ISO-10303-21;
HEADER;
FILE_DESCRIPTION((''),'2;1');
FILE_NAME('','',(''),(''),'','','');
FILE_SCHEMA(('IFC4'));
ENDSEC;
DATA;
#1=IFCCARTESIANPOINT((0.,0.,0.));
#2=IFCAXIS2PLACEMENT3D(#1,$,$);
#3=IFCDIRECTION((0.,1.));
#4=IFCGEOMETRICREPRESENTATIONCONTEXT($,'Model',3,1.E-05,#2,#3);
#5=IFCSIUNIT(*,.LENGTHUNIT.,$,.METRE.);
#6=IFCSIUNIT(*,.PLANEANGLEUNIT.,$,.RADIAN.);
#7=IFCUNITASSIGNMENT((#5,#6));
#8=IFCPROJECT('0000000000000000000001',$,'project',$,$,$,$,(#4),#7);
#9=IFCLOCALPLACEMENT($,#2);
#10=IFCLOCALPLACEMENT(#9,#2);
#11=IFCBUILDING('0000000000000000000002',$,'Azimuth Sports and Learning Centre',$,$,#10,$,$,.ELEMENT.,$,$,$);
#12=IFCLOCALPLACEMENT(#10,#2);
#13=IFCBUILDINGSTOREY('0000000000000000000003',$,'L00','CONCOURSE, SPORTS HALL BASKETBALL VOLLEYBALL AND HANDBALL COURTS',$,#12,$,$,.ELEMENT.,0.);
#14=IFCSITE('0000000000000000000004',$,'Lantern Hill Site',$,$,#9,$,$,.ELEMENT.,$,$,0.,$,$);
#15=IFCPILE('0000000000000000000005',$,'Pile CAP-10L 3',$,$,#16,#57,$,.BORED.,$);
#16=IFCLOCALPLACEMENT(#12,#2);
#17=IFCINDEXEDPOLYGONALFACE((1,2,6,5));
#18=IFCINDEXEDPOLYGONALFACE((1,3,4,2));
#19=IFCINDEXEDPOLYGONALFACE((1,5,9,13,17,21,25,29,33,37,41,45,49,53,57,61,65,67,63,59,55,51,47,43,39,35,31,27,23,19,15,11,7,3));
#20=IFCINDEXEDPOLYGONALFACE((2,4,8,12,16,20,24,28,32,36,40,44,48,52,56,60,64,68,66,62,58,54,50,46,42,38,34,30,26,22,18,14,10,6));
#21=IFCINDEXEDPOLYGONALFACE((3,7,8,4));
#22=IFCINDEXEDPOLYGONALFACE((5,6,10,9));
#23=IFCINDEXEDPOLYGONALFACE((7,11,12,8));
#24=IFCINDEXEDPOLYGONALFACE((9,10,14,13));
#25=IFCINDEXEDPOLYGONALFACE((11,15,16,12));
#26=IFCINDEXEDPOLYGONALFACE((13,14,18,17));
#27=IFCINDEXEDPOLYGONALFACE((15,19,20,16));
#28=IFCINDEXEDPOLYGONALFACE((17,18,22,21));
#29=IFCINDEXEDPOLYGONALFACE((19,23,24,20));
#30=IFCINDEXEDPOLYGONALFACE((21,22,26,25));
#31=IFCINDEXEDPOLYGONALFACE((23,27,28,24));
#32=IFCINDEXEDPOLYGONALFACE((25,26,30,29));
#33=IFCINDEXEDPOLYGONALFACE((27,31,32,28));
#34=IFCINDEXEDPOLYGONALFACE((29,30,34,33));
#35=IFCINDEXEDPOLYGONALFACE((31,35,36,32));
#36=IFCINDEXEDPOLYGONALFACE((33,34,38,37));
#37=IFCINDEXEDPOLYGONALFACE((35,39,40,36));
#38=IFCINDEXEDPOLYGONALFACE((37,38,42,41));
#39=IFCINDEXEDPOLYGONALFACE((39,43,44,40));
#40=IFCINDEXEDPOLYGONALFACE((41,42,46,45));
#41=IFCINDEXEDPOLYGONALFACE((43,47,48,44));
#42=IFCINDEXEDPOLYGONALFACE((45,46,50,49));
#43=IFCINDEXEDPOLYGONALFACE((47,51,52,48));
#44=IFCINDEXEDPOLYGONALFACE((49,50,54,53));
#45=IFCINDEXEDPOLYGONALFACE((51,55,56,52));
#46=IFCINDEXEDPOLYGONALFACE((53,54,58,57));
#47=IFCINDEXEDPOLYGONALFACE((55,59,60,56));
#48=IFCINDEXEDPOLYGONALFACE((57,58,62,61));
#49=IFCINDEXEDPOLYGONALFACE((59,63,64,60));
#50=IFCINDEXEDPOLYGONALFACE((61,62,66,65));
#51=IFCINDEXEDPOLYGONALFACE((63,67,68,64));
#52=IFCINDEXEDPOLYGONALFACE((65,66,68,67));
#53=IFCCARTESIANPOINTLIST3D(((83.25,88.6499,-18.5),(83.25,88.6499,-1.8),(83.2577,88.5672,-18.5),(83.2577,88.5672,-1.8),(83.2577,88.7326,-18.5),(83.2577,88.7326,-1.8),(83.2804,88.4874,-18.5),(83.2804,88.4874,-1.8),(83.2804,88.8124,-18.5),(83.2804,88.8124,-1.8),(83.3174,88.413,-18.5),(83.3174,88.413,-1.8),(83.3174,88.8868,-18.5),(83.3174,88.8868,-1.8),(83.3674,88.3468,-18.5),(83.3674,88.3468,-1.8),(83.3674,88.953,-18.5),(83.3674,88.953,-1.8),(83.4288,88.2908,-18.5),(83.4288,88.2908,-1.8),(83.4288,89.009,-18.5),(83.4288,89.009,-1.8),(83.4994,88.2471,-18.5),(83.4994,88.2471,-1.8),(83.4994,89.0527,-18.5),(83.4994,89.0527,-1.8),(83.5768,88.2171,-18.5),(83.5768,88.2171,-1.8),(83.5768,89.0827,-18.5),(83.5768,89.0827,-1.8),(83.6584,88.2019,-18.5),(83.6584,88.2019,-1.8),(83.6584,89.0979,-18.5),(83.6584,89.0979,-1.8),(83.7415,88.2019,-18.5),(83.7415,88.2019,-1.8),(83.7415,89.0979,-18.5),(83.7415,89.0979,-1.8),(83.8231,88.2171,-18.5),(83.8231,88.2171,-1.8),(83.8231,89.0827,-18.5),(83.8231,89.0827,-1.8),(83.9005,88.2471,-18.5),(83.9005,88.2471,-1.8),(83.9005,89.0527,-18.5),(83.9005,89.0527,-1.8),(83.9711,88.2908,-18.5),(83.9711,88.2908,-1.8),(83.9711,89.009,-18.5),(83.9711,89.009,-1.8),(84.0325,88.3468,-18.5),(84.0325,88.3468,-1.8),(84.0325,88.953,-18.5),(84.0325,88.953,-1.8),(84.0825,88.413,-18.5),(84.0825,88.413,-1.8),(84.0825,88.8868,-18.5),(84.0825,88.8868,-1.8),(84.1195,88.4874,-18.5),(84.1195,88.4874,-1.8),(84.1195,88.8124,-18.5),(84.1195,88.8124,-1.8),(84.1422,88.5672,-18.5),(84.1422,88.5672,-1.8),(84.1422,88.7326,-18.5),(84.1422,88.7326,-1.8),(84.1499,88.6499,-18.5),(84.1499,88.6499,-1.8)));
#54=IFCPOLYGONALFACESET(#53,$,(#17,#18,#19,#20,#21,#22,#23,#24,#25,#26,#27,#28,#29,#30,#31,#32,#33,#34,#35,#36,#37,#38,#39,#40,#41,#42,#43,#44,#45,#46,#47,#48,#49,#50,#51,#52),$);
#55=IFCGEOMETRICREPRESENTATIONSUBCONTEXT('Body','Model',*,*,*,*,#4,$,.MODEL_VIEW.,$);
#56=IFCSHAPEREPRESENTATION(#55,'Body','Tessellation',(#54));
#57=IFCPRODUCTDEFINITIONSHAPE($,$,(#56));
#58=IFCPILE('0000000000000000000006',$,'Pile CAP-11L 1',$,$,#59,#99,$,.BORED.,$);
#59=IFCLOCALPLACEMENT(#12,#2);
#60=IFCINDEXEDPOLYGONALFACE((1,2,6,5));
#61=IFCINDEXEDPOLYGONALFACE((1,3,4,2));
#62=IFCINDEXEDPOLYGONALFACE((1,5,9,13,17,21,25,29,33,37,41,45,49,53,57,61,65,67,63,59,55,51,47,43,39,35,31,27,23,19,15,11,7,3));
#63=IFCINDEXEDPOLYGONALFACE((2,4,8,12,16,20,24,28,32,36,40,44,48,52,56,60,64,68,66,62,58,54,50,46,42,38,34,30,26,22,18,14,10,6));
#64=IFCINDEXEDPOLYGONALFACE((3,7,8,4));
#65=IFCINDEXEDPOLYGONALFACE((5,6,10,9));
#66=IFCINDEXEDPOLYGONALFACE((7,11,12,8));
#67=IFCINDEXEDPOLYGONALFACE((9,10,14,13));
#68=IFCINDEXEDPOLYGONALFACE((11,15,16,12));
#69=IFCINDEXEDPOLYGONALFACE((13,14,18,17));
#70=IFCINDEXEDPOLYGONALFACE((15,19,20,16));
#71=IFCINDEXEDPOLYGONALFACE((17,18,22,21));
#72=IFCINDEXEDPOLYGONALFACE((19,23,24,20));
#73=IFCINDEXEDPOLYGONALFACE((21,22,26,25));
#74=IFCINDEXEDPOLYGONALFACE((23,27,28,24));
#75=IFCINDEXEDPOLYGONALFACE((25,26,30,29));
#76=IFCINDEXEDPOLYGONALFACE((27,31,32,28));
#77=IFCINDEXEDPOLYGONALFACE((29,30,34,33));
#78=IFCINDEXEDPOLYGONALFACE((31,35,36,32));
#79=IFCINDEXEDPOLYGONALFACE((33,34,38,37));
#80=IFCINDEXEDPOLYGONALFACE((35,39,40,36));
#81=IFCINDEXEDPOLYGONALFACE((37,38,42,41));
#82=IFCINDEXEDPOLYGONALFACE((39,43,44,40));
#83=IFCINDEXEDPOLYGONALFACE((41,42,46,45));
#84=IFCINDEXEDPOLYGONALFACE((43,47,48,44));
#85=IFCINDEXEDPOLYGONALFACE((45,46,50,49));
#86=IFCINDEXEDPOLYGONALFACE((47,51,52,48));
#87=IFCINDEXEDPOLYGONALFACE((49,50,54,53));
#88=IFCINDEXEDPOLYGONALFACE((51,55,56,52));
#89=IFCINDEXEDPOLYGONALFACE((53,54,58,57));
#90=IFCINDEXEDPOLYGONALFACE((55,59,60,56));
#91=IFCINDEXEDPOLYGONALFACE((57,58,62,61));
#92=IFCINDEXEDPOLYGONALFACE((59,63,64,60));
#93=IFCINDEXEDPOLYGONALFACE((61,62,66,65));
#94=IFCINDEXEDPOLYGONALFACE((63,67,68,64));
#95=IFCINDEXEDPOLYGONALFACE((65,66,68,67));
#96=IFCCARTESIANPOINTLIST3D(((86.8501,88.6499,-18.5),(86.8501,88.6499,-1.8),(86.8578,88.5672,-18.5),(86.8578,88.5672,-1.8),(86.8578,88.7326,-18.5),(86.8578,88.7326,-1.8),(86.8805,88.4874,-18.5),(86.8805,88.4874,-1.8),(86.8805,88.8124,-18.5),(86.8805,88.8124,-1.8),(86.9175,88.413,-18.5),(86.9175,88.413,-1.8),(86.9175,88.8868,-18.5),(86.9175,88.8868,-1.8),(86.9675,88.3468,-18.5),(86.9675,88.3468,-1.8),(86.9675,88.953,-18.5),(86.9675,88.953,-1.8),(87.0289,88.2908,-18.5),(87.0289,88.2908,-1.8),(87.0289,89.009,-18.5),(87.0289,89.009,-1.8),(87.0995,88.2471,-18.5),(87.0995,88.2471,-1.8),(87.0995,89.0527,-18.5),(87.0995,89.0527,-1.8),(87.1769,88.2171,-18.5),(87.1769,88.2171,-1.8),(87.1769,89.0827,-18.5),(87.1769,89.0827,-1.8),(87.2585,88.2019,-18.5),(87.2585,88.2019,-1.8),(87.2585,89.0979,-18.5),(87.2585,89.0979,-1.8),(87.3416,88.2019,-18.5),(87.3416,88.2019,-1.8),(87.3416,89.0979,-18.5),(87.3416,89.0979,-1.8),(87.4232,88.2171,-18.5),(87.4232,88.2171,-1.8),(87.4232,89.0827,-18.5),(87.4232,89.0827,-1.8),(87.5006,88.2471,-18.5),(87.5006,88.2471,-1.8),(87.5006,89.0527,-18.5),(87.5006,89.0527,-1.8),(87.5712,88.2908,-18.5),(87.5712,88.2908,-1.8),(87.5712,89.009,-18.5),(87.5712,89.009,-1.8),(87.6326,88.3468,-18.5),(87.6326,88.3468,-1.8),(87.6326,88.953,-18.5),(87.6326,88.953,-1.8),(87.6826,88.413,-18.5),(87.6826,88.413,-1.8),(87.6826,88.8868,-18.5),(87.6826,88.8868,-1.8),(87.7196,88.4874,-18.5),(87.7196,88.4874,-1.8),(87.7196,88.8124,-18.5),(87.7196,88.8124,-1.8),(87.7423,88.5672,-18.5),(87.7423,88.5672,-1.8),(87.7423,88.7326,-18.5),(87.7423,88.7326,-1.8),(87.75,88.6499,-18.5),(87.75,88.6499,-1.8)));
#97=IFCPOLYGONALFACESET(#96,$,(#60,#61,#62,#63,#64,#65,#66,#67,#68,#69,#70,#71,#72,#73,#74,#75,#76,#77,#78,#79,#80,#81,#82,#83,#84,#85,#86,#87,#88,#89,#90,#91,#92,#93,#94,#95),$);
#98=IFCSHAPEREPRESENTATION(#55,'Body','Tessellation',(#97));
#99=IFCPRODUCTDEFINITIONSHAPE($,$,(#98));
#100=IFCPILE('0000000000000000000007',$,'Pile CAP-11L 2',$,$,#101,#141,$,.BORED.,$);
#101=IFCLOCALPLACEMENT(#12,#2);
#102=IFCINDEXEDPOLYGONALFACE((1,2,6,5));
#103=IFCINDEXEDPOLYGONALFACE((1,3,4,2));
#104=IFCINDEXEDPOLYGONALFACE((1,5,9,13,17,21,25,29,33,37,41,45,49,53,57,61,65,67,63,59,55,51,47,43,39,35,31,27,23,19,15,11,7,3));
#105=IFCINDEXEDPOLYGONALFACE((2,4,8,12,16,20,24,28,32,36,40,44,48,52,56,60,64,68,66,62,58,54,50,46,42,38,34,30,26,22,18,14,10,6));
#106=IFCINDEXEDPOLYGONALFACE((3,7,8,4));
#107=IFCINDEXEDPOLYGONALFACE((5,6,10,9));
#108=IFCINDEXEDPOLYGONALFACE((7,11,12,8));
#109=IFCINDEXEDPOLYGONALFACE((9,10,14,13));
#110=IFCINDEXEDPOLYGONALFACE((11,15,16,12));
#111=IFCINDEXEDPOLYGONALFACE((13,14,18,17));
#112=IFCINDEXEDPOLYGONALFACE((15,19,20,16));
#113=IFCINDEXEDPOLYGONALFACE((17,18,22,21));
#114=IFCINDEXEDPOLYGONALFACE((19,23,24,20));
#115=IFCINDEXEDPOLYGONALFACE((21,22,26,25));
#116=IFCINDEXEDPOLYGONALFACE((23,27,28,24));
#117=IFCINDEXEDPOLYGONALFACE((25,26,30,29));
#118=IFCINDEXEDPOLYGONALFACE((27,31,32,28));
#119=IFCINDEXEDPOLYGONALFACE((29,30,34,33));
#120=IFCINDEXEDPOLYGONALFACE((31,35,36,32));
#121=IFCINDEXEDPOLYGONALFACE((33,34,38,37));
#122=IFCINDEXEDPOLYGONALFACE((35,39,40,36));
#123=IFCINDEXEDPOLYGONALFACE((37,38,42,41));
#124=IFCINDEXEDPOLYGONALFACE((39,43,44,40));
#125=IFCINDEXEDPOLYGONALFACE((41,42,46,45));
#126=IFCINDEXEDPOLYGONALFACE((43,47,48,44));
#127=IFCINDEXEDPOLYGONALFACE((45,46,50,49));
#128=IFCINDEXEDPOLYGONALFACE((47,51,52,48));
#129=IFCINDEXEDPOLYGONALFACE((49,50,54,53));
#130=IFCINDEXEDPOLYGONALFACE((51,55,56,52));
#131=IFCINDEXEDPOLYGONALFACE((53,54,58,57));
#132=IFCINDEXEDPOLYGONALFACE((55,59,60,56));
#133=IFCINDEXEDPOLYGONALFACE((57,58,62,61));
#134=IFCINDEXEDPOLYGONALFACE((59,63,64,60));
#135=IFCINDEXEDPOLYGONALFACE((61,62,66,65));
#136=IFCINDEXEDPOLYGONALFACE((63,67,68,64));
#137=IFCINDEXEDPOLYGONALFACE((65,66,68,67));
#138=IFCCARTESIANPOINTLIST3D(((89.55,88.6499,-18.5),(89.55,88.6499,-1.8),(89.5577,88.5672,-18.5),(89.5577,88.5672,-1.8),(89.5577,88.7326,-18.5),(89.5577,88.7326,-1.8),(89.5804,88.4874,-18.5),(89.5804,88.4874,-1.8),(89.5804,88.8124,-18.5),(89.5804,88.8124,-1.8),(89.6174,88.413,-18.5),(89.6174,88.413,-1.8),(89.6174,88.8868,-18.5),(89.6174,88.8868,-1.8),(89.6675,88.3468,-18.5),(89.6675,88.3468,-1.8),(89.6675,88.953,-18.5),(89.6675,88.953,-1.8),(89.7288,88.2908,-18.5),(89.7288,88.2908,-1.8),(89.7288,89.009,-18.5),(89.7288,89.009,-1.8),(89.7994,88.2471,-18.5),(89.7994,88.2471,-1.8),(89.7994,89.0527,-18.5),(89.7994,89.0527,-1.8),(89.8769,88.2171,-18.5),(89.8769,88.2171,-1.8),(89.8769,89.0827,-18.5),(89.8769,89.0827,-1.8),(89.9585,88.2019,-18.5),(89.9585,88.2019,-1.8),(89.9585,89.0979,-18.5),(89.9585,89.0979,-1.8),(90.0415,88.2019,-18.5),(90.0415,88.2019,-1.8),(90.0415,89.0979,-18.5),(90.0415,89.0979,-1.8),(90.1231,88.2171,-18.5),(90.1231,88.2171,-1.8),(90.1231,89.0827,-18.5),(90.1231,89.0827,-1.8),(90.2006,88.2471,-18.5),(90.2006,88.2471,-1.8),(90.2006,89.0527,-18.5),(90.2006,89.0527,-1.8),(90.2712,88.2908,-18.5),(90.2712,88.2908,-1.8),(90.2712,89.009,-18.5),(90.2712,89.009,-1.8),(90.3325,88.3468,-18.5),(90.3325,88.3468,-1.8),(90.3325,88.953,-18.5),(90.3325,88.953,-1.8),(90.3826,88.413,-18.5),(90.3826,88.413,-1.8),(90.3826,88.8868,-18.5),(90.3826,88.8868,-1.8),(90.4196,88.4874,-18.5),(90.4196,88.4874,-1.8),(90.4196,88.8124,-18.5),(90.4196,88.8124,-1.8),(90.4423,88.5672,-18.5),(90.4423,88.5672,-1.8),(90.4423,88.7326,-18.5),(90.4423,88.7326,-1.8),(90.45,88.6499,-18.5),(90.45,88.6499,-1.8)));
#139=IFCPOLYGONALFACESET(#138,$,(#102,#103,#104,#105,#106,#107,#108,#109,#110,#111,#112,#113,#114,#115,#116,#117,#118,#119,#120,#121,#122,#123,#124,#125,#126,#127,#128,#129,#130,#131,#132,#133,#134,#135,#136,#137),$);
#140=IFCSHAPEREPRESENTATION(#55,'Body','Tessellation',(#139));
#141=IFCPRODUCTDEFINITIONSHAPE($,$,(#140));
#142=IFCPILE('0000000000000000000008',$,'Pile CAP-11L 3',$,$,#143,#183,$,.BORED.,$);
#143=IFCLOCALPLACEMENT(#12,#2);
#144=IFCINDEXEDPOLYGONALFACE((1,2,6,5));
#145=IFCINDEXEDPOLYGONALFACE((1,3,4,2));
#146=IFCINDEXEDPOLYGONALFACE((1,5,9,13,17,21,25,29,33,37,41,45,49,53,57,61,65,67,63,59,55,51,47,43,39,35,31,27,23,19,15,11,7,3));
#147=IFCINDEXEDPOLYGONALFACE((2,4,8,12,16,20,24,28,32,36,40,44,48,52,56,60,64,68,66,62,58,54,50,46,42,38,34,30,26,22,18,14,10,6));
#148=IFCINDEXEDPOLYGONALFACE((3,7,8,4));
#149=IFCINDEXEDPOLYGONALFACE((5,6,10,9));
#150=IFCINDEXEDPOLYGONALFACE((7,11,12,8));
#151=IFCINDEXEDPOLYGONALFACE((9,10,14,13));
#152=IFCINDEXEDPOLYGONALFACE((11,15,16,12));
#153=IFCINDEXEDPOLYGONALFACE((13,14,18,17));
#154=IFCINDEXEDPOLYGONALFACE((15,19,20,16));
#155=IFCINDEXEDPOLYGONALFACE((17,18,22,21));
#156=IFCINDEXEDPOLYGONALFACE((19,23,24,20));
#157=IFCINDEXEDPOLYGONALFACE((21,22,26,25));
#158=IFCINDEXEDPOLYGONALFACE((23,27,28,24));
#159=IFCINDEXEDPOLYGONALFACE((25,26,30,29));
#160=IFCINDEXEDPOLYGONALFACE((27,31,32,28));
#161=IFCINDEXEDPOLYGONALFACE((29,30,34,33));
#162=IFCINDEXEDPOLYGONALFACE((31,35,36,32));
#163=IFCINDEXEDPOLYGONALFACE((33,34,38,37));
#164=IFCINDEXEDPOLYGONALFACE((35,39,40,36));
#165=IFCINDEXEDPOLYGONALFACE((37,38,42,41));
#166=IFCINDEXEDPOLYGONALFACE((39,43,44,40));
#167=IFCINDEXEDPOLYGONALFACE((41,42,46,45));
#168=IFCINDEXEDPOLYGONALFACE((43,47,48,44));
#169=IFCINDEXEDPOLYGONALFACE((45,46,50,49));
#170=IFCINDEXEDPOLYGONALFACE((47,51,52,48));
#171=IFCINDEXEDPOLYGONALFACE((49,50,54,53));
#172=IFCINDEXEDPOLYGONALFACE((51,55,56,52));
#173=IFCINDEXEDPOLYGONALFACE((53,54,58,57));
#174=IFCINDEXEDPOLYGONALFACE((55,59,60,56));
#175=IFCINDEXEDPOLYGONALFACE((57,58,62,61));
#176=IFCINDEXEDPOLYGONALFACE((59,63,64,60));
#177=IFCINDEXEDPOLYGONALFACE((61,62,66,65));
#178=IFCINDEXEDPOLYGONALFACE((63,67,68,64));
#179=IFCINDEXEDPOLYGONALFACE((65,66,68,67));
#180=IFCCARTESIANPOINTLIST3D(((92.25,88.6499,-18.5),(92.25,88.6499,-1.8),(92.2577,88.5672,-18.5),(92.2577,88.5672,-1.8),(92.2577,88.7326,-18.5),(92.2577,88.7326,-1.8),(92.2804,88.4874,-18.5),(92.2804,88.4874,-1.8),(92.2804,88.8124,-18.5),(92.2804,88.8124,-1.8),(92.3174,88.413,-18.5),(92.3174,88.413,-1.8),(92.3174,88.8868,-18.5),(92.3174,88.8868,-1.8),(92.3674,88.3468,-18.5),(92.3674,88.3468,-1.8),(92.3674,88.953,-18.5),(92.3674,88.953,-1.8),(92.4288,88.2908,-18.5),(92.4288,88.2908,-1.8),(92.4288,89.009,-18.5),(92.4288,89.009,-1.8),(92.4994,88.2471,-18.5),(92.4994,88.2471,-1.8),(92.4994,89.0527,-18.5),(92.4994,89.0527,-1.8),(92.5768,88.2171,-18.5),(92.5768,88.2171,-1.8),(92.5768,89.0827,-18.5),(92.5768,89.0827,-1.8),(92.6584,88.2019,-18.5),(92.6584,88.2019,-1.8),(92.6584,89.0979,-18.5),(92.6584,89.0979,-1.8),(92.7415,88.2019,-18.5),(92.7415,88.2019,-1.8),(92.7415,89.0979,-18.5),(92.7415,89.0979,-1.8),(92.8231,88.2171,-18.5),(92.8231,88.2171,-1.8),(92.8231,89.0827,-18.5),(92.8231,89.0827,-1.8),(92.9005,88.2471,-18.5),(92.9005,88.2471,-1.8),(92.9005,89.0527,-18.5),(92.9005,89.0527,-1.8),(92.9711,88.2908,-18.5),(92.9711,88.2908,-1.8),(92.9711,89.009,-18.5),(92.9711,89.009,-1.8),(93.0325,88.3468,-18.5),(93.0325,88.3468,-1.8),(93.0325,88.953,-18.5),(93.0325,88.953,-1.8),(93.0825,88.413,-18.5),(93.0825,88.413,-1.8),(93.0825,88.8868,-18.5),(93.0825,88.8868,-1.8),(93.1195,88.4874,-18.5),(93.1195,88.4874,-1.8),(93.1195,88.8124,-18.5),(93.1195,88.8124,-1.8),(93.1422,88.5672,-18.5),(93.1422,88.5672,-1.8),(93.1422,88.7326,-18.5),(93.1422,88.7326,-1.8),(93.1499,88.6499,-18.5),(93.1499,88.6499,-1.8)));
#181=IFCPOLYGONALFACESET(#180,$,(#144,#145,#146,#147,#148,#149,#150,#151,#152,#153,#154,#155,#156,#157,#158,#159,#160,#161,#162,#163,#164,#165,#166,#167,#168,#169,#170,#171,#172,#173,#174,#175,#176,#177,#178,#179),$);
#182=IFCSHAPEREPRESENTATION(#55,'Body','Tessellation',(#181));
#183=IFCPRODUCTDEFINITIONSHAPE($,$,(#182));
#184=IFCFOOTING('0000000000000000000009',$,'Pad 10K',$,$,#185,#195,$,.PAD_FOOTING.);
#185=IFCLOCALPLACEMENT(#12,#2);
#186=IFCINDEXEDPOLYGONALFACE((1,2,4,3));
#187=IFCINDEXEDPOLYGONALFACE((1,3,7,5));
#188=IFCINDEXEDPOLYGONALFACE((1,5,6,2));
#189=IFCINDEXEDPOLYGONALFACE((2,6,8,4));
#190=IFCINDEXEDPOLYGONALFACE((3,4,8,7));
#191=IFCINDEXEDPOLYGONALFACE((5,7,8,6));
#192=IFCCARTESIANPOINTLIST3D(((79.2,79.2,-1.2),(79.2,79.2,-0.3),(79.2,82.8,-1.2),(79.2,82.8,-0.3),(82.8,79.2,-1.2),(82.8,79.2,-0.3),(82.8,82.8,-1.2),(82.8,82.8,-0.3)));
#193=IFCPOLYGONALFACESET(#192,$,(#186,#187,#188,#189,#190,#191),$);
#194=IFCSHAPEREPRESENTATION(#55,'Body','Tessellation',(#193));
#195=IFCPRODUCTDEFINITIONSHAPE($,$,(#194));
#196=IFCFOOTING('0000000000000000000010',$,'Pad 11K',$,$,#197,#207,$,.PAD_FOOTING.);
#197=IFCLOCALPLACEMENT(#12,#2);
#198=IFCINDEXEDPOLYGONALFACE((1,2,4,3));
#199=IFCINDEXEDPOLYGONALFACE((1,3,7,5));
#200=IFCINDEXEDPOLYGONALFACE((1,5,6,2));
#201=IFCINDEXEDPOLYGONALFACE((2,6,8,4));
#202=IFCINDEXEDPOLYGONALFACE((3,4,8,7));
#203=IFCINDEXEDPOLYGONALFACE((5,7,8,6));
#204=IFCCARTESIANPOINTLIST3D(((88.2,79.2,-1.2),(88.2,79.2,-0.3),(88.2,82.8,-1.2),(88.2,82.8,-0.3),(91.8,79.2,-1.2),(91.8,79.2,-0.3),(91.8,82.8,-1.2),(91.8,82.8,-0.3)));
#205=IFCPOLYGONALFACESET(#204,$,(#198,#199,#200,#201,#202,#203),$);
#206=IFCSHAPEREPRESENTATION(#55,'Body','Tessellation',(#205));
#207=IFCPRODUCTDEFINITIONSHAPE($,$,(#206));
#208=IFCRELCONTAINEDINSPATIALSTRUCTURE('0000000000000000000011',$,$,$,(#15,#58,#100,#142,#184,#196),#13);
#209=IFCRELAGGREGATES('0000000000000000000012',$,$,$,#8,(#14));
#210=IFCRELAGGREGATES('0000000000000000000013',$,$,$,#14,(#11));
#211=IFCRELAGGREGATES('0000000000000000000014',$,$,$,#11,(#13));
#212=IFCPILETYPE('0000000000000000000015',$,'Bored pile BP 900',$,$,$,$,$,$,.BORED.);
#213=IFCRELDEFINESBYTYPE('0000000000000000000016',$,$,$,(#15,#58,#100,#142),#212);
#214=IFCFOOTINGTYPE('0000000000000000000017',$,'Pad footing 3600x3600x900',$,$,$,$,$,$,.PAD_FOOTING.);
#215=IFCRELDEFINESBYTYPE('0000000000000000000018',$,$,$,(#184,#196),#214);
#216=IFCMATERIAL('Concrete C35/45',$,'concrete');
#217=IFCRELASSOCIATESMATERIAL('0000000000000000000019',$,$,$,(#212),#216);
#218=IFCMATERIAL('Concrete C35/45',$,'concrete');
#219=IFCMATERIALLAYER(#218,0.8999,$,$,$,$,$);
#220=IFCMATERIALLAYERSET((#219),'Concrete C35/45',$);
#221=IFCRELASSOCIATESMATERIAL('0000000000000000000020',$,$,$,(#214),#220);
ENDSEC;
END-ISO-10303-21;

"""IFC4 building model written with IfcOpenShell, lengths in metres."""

from ifc_helpers import new_model, si_unit, direction, frame, origin, origin_2d, place, context, subcontext, project, spatial, rectangle, circle, extrude, material, layer, layer_set, material_profile, profile_set, type_object, element, save


model = new_model("IFC4")

# Units and contexts
model_context = context("Model", 3, precision=1e-05, world=origin(), true_north=direction((0.0, 1.0)))
body_context = subcontext(model_context, "Body", "Model", "MODEL_VIEW")
ifc_project = project(units=[si_unit("LENGTHUNIT", "METRE"), si_unit("PLANEANGLEUNIT", "RADIAN")], contexts=[model_context])

# Site, building, storey
site_placement = place(None, origin())
site = spatial("IfcSite", under=ifc_project, at=site_placement, Name="Lantern Hill Site", CompositionType="ELEMENT", RefElevation=0.0)
building_placement = place(site_placement, origin())
building = spatial("IfcBuilding", under=site, at=building_placement, Name="Azimuth Sports and Learning Centre", CompositionType="ELEMENT")
storey_placement = place(building_placement, origin())
storey = spatial("IfcBuildingStorey", under=building, at=storey_placement, Name="L00", Description="CONCOURSE, SPORTS HALL BASKETBALL VOLLEYBALL AND HANDBALL COURTS", CompositionType="ELEMENT", Elevation=0.0)

# Piles
ifc_material_1 = material(Name="Concrete C35/45", Category="concrete")
ifc_material_profile_1 = material_profile(ifc_material_1, circle(Radius=0.45, at=origin_2d()), Name="BP 900")
ifc_profile_set_1 = profile_set([ifc_material_profile_1], Name="Concrete C35/45")
pile_type = type_object("IfcPileType", Name="Bored pile BP 900", PredefinedType="BORED", material=ifc_profile_set_1)
for number, where, z_axis, x_axis, name in (
    (1, (83.7, 88.6499, -1.8), (0.0, 0.0, -1.0), (1.0, 0.0, 0.0), "Pile CAP-10L 3"),
    (2, (87.3, 88.6499, -1.8), (0.0, 0.0, -1.0), (1.0, 0.0, 0.0), "Pile CAP-11L 1"),
    (3, (90.0, 88.6499, -1.8), (0.0, 0.0, -1.0), (1.0, 0.0, 0.0), "Pile CAP-11L 2"),
    (4, (92.7, 88.6499, -1.8), (0.0, 0.0, -1.0), (1.0, 0.0, 0.0), "Pile CAP-11L 3"),
):
    element("IfcPile", number, at=place(storey_placement, frame(where, z_axis=z_axis, x_axis=x_axis)), inside=storey, type_object=pile_type, Name=name, PredefinedType="BORED", context=body_context, shape_type="SweptSolid", body=[
        extrude(circle(Radius=0.45, at=origin_2d()), origin(), (0.0, 0.0, 1.0), 16.7),
    ])

# Footings
ifc_material_2 = material(Name="Concrete C35/45", Category="concrete")
ifc_layer_1 = layer(ifc_material_2, 0.8999)
ifc_layer_set_1 = layer_set([ifc_layer_1], Name="Concrete C35/45")
footing_type_1 = type_object("IfcFootingType", Name="Pad footing 3600x3600x900", PredefinedType="PAD_FOOTING", material=ifc_layer_set_1)
for number, where, z_axis, x_axis, name in (
    (5, (81.0, 81.0, -1.2), (0.0, 0.0, 1.0), (1.0, 0.0, 0.0), "Pad 10K"),
    (6, (90.0, 81.0, -1.2), (0.0, 0.0, 1.0), (1.0, 0.0, 0.0), "Pad 11K"),
):
    element("IfcFooting", number, at=place(storey_placement, frame(where, z_axis=z_axis, x_axis=x_axis)), inside=storey, type_object=footing_type_1, Name=name, PredefinedType="PAD_FOOTING", context=body_context, shape_type="SweptSolid", body=[
        extrude(rectangle(XDim=3.6001, YDim=3.6001, at=origin_2d()), origin(), (0.0, 0.0, 1.0), 0.8999),
    ])

save(model, "model.ifc")
